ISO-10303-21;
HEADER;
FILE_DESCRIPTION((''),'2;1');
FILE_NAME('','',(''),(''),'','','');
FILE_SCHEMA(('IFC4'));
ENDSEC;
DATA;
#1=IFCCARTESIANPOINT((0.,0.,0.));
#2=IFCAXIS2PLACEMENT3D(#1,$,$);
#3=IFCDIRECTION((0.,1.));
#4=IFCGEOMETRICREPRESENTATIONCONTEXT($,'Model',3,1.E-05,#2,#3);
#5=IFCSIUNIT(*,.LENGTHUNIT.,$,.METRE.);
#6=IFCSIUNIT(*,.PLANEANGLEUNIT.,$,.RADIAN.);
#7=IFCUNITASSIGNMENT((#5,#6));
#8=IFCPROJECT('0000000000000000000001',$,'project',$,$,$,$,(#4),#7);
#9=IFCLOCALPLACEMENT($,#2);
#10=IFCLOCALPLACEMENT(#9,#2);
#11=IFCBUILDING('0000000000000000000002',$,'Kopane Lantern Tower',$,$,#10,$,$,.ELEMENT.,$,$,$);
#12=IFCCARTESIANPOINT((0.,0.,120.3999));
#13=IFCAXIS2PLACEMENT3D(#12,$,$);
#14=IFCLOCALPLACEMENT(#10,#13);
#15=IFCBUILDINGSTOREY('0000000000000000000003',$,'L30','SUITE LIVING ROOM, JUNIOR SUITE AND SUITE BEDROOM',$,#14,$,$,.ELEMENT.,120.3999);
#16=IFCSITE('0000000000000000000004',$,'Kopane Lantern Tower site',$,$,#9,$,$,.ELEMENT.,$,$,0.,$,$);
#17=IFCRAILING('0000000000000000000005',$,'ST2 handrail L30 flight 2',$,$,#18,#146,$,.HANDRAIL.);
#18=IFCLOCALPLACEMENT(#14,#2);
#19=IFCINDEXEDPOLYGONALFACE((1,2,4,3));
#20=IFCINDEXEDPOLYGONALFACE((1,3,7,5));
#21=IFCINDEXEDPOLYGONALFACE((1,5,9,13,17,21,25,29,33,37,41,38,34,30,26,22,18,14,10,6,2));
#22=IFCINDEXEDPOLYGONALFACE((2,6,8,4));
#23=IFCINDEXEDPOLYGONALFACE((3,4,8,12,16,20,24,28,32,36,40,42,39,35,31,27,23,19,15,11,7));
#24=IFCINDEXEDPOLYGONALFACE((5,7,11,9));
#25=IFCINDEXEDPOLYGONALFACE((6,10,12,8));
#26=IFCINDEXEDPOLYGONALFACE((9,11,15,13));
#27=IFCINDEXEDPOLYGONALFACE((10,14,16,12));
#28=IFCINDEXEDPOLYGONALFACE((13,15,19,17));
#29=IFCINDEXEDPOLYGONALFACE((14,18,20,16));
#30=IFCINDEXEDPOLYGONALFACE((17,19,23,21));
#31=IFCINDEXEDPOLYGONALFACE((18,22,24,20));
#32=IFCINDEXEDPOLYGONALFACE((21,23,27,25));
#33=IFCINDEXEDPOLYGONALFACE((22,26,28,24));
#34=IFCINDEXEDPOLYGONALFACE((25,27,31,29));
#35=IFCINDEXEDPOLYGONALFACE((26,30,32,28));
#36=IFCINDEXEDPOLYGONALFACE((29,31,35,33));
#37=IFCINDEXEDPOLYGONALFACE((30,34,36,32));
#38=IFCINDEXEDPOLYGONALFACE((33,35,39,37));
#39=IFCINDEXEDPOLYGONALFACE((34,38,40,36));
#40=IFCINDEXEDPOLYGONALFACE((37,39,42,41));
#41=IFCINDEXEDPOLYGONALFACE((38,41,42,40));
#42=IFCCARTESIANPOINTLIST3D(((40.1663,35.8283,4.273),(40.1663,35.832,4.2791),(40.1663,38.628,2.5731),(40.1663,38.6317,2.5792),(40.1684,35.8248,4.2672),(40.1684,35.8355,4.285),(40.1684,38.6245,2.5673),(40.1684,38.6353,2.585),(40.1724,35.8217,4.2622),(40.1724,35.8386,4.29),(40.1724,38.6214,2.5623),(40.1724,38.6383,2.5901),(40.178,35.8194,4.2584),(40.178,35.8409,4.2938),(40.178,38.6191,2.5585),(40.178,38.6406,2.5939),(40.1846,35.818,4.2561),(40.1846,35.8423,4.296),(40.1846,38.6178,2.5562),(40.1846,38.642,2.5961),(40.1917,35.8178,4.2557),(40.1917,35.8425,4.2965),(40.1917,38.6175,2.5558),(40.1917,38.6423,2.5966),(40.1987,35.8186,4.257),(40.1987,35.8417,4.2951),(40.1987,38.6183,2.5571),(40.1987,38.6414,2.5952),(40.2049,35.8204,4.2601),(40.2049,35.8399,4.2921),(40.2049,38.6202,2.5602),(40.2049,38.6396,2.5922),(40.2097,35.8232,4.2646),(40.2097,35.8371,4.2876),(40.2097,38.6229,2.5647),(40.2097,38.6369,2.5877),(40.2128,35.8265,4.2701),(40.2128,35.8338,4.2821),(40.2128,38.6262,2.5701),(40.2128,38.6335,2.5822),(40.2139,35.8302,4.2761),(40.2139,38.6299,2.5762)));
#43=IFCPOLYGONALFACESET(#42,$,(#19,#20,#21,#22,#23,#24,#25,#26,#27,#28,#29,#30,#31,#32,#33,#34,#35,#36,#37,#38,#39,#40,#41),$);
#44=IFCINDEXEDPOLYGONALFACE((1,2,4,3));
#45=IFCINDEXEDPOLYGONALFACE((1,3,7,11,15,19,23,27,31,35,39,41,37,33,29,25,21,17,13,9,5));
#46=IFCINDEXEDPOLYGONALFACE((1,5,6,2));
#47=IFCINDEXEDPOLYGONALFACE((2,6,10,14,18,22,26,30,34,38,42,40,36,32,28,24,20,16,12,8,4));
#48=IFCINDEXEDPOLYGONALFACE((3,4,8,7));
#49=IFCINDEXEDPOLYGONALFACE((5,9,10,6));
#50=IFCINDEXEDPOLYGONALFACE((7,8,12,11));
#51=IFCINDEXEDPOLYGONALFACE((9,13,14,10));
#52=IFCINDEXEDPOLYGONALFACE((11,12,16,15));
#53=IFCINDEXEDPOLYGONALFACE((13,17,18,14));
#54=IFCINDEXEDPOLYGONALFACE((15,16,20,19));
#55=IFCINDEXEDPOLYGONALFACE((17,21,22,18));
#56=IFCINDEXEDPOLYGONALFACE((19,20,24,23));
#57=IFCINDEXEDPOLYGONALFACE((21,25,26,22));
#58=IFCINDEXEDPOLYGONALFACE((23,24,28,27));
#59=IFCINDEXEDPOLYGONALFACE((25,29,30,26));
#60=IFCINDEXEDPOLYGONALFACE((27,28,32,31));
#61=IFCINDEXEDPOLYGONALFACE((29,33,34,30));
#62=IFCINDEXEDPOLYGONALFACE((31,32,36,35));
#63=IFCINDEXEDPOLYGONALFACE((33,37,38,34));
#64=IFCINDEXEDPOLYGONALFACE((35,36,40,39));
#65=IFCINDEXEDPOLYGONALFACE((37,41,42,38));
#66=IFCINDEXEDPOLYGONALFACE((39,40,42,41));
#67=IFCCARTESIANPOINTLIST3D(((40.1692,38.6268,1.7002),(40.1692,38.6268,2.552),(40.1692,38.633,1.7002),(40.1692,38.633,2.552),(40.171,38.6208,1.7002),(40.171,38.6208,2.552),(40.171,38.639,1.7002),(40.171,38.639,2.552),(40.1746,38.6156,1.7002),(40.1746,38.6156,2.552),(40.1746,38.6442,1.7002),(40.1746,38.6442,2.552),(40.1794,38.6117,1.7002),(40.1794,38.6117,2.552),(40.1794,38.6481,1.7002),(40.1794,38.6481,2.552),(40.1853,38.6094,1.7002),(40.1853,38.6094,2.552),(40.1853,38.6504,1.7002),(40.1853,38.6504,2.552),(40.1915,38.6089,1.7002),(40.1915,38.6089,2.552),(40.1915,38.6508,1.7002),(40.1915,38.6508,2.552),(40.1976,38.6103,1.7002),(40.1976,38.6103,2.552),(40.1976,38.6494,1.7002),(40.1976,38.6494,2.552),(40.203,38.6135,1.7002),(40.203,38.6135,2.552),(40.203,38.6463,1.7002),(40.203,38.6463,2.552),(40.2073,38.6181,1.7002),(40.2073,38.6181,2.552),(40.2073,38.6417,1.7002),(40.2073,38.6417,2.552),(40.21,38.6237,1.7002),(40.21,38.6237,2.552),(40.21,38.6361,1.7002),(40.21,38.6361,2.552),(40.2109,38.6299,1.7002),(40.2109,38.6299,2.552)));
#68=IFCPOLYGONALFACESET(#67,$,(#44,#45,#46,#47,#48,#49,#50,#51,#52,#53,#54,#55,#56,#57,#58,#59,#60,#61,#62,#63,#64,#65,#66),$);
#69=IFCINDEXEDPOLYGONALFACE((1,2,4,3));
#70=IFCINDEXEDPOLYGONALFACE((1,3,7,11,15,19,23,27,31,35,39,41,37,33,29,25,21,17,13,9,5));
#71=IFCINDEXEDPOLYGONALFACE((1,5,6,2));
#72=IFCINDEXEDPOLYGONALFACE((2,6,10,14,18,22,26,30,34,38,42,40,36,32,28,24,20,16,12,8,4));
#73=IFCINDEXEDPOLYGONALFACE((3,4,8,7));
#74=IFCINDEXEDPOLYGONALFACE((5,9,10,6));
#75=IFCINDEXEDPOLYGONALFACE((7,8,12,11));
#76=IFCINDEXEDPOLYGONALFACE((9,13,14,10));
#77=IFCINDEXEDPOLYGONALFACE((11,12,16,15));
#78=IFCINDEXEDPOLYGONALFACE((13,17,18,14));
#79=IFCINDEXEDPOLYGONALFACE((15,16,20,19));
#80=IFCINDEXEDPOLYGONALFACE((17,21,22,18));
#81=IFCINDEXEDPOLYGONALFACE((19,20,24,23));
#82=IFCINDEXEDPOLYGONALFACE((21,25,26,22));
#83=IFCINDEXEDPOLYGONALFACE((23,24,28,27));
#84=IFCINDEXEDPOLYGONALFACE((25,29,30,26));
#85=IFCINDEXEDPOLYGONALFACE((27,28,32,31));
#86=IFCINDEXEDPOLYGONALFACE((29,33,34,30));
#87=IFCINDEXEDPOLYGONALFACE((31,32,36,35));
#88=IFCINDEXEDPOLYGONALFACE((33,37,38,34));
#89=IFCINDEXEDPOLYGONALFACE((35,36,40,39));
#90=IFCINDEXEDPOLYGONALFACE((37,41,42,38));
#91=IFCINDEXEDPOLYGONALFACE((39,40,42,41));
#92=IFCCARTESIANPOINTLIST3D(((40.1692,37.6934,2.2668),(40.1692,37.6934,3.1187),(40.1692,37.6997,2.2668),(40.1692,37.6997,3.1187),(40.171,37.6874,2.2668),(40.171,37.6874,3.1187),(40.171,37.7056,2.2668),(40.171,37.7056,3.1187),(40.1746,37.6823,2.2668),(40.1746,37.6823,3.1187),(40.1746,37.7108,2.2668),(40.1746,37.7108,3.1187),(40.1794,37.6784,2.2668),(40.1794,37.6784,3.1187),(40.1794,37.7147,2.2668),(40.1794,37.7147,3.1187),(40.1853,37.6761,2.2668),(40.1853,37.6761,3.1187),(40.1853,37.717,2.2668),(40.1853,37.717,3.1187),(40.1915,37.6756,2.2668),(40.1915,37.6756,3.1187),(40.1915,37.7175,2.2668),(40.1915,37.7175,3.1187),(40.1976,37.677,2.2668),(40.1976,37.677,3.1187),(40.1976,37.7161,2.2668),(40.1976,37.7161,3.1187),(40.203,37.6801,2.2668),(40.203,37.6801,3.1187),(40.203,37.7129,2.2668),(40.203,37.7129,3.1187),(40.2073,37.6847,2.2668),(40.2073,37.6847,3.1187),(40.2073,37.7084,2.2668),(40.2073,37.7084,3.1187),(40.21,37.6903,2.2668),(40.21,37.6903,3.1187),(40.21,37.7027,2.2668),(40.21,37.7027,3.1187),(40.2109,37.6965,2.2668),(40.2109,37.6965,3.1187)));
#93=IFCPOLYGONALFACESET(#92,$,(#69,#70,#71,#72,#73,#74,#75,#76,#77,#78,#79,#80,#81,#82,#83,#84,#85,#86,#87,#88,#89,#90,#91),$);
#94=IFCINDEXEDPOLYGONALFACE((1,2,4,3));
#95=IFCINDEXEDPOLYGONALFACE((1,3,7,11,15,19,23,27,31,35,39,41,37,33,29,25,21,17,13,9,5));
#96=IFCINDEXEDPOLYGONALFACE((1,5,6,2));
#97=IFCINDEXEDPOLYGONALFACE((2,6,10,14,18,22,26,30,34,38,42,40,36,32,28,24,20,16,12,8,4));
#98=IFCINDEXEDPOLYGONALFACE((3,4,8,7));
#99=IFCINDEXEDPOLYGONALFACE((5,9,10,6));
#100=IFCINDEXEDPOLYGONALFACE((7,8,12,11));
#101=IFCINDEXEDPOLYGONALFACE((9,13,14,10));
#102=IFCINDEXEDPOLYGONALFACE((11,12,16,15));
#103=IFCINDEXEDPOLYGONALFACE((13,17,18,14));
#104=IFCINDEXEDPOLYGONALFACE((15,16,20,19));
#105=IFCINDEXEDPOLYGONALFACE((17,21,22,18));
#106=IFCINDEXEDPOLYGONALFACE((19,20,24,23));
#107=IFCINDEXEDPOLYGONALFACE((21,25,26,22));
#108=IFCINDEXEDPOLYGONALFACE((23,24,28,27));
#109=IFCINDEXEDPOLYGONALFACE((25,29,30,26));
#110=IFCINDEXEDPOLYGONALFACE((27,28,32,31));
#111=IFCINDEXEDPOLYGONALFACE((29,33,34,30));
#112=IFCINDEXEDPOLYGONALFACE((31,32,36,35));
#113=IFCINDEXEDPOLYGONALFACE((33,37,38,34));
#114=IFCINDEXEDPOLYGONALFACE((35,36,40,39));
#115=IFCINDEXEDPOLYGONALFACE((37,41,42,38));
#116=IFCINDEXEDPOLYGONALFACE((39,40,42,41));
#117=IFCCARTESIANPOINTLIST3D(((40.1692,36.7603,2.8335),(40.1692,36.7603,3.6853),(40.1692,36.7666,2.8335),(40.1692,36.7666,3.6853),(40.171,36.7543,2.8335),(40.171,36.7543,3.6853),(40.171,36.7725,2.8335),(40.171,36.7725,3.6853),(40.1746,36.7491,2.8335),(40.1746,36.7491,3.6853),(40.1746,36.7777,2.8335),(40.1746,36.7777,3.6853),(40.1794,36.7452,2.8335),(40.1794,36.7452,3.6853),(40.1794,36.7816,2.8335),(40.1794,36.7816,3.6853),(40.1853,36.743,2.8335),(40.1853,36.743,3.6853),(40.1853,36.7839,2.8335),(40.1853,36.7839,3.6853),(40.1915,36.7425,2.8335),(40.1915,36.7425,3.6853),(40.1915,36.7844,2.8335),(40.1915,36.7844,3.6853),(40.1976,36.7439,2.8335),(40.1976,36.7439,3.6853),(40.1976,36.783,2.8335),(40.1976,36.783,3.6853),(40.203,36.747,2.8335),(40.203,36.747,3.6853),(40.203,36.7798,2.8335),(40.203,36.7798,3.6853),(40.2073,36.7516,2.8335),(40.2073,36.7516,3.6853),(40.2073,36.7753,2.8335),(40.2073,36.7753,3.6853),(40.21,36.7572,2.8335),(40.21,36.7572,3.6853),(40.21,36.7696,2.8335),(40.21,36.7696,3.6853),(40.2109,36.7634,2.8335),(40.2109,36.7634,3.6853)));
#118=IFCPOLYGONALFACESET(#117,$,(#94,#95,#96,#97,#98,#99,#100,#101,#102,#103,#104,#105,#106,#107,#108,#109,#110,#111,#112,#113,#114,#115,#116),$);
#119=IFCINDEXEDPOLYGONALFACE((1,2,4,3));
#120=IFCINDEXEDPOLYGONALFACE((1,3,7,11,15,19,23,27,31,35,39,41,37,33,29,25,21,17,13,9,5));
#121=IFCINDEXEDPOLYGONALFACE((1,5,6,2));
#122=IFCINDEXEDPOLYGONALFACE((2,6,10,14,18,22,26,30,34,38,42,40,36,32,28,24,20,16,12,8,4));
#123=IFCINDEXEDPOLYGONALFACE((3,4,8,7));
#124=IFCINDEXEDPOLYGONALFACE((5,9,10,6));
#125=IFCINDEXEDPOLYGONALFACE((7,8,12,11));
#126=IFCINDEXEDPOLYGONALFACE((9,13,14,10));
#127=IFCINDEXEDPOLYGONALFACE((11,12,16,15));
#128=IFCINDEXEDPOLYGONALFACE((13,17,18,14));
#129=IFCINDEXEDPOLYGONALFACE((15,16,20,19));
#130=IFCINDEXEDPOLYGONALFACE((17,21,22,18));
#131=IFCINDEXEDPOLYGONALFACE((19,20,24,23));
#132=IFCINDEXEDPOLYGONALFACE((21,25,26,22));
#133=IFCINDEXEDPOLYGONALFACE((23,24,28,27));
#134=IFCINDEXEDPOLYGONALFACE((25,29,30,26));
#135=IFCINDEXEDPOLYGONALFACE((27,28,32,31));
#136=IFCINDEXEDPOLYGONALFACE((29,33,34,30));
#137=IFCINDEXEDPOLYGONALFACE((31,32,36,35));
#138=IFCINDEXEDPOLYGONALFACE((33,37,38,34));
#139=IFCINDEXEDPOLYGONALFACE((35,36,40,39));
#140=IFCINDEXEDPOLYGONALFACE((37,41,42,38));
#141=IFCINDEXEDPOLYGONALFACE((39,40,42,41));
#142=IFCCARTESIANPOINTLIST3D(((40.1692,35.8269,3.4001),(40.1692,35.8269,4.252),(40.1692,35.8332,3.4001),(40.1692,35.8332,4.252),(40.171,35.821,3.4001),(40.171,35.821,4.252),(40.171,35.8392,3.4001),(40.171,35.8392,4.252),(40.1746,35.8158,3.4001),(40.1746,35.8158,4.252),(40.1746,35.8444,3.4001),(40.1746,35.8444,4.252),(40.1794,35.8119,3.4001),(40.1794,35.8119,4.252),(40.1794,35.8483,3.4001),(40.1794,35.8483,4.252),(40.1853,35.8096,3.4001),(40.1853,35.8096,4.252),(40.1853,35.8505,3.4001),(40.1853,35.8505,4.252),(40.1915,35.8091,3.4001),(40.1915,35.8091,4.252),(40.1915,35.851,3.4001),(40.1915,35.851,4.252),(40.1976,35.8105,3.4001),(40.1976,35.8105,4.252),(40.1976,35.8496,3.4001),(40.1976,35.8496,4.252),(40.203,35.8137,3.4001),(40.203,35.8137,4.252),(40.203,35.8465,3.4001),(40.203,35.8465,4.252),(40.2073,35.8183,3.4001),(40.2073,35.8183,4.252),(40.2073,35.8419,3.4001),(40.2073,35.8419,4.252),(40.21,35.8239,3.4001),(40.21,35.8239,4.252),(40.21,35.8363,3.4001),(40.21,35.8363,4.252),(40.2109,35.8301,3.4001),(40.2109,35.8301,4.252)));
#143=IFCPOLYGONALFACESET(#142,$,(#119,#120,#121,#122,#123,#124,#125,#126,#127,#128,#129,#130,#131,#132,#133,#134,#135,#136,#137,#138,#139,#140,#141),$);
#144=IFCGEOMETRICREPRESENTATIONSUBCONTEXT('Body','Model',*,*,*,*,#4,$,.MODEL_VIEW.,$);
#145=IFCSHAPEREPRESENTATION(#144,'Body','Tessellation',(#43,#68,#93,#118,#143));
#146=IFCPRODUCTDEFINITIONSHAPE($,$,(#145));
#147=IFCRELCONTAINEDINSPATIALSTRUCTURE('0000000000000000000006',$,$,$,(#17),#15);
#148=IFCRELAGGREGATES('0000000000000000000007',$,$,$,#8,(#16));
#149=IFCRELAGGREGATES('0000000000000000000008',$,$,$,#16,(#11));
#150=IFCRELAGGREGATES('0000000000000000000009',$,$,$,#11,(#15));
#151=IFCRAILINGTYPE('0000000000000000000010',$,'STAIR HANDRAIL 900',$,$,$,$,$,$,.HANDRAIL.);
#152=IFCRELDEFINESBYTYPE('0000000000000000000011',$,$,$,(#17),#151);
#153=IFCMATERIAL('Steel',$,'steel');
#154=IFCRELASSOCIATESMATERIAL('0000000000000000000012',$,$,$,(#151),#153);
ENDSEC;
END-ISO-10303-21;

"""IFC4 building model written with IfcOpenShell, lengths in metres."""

from ifc_helpers import new_model, si_unit, direction, frame, origin, origin_2d, place, context, subcontext, project, spatial, circle, extrude, material, type_object, element, save


model = new_model("IFC4")

# Units and contexts
model_context = context("Model", 3, precision=1e-05, world=origin(), true_north=direction((0.0, 1.0)))
body_context = subcontext(model_context, "Body", "Model", "MODEL_VIEW")
ifc_project = project(units=[si_unit("LENGTHUNIT", "METRE"), si_unit("PLANEANGLEUNIT", "RADIAN")], contexts=[model_context])

# Site, building, storey
site_placement = place(None, origin())
site = spatial("IfcSite", under=ifc_project, at=site_placement, Name="Kopane Lantern Tower site", CompositionType="ELEMENT", RefElevation=0.0)
building_placement = place(site_placement, origin())
building = spatial("IfcBuilding", under=site, at=building_placement, Name="Kopane Lantern Tower", CompositionType="ELEMENT")
storey_placement = place(building_placement, frame((0.0, 0.0, 120.3999)))
storey = spatial("IfcBuildingStorey", under=building, at=storey_placement, Name="L30", Description="SUITE LIVING ROOM, JUNIOR SUITE AND SUITE BEDROOM", CompositionType="ELEMENT", Elevation=120.3999)

# Railing
ifc_material_1 = material(Name="Steel", Category="steel")
railing_type_1 = type_object("IfcRailingType", Name="STAIR HANDRAIL 900", PredefinedType="HANDRAIL", material=ifc_material_1)
for number, where, name in (
    (1, (40.1899, 38.6299, 1.7002), "ST2 handrail L30 flight 2"),
):
    element("IfcRailing", number, at=place(storey_placement, frame(where)), inside=storey, type_object=railing_type_1, Name=name, PredefinedType="HANDRAIL", context=body_context, shape_type="SweptSolid", body=[
        extrude(circle(Radius=0.0239, at=origin_2d()), frame((0.0, 0.0, 0.876), z_axis=(0.0, -0.854778, 0.518994), x_axis=(1.0, 0.0, 0.0)), (0.0, 0.0, 1.0), 3.2754),
        extrude(circle(Radius=0.021, at=origin_2d()), origin(), (0.0, 0.0, 1.0), 0.8518),
        extrude(circle(Radius=0.021, at=origin_2d()), frame((0.0, -0.9333, 0.5667)), (0.0, 0.0, 1.0), 0.8518),
        extrude(circle(Radius=0.021, at=origin_2d()), frame((0.0, -1.8665, 1.1333)), (0.0, 0.0, 1.0), 0.8518),
        extrude(circle(Radius=0.021, at=origin_2d()), frame((0.0, -2.7998, 1.7)), (0.0, 0.0, 1.0), 0.8518),
    ])

save(model, "model.ifc")
